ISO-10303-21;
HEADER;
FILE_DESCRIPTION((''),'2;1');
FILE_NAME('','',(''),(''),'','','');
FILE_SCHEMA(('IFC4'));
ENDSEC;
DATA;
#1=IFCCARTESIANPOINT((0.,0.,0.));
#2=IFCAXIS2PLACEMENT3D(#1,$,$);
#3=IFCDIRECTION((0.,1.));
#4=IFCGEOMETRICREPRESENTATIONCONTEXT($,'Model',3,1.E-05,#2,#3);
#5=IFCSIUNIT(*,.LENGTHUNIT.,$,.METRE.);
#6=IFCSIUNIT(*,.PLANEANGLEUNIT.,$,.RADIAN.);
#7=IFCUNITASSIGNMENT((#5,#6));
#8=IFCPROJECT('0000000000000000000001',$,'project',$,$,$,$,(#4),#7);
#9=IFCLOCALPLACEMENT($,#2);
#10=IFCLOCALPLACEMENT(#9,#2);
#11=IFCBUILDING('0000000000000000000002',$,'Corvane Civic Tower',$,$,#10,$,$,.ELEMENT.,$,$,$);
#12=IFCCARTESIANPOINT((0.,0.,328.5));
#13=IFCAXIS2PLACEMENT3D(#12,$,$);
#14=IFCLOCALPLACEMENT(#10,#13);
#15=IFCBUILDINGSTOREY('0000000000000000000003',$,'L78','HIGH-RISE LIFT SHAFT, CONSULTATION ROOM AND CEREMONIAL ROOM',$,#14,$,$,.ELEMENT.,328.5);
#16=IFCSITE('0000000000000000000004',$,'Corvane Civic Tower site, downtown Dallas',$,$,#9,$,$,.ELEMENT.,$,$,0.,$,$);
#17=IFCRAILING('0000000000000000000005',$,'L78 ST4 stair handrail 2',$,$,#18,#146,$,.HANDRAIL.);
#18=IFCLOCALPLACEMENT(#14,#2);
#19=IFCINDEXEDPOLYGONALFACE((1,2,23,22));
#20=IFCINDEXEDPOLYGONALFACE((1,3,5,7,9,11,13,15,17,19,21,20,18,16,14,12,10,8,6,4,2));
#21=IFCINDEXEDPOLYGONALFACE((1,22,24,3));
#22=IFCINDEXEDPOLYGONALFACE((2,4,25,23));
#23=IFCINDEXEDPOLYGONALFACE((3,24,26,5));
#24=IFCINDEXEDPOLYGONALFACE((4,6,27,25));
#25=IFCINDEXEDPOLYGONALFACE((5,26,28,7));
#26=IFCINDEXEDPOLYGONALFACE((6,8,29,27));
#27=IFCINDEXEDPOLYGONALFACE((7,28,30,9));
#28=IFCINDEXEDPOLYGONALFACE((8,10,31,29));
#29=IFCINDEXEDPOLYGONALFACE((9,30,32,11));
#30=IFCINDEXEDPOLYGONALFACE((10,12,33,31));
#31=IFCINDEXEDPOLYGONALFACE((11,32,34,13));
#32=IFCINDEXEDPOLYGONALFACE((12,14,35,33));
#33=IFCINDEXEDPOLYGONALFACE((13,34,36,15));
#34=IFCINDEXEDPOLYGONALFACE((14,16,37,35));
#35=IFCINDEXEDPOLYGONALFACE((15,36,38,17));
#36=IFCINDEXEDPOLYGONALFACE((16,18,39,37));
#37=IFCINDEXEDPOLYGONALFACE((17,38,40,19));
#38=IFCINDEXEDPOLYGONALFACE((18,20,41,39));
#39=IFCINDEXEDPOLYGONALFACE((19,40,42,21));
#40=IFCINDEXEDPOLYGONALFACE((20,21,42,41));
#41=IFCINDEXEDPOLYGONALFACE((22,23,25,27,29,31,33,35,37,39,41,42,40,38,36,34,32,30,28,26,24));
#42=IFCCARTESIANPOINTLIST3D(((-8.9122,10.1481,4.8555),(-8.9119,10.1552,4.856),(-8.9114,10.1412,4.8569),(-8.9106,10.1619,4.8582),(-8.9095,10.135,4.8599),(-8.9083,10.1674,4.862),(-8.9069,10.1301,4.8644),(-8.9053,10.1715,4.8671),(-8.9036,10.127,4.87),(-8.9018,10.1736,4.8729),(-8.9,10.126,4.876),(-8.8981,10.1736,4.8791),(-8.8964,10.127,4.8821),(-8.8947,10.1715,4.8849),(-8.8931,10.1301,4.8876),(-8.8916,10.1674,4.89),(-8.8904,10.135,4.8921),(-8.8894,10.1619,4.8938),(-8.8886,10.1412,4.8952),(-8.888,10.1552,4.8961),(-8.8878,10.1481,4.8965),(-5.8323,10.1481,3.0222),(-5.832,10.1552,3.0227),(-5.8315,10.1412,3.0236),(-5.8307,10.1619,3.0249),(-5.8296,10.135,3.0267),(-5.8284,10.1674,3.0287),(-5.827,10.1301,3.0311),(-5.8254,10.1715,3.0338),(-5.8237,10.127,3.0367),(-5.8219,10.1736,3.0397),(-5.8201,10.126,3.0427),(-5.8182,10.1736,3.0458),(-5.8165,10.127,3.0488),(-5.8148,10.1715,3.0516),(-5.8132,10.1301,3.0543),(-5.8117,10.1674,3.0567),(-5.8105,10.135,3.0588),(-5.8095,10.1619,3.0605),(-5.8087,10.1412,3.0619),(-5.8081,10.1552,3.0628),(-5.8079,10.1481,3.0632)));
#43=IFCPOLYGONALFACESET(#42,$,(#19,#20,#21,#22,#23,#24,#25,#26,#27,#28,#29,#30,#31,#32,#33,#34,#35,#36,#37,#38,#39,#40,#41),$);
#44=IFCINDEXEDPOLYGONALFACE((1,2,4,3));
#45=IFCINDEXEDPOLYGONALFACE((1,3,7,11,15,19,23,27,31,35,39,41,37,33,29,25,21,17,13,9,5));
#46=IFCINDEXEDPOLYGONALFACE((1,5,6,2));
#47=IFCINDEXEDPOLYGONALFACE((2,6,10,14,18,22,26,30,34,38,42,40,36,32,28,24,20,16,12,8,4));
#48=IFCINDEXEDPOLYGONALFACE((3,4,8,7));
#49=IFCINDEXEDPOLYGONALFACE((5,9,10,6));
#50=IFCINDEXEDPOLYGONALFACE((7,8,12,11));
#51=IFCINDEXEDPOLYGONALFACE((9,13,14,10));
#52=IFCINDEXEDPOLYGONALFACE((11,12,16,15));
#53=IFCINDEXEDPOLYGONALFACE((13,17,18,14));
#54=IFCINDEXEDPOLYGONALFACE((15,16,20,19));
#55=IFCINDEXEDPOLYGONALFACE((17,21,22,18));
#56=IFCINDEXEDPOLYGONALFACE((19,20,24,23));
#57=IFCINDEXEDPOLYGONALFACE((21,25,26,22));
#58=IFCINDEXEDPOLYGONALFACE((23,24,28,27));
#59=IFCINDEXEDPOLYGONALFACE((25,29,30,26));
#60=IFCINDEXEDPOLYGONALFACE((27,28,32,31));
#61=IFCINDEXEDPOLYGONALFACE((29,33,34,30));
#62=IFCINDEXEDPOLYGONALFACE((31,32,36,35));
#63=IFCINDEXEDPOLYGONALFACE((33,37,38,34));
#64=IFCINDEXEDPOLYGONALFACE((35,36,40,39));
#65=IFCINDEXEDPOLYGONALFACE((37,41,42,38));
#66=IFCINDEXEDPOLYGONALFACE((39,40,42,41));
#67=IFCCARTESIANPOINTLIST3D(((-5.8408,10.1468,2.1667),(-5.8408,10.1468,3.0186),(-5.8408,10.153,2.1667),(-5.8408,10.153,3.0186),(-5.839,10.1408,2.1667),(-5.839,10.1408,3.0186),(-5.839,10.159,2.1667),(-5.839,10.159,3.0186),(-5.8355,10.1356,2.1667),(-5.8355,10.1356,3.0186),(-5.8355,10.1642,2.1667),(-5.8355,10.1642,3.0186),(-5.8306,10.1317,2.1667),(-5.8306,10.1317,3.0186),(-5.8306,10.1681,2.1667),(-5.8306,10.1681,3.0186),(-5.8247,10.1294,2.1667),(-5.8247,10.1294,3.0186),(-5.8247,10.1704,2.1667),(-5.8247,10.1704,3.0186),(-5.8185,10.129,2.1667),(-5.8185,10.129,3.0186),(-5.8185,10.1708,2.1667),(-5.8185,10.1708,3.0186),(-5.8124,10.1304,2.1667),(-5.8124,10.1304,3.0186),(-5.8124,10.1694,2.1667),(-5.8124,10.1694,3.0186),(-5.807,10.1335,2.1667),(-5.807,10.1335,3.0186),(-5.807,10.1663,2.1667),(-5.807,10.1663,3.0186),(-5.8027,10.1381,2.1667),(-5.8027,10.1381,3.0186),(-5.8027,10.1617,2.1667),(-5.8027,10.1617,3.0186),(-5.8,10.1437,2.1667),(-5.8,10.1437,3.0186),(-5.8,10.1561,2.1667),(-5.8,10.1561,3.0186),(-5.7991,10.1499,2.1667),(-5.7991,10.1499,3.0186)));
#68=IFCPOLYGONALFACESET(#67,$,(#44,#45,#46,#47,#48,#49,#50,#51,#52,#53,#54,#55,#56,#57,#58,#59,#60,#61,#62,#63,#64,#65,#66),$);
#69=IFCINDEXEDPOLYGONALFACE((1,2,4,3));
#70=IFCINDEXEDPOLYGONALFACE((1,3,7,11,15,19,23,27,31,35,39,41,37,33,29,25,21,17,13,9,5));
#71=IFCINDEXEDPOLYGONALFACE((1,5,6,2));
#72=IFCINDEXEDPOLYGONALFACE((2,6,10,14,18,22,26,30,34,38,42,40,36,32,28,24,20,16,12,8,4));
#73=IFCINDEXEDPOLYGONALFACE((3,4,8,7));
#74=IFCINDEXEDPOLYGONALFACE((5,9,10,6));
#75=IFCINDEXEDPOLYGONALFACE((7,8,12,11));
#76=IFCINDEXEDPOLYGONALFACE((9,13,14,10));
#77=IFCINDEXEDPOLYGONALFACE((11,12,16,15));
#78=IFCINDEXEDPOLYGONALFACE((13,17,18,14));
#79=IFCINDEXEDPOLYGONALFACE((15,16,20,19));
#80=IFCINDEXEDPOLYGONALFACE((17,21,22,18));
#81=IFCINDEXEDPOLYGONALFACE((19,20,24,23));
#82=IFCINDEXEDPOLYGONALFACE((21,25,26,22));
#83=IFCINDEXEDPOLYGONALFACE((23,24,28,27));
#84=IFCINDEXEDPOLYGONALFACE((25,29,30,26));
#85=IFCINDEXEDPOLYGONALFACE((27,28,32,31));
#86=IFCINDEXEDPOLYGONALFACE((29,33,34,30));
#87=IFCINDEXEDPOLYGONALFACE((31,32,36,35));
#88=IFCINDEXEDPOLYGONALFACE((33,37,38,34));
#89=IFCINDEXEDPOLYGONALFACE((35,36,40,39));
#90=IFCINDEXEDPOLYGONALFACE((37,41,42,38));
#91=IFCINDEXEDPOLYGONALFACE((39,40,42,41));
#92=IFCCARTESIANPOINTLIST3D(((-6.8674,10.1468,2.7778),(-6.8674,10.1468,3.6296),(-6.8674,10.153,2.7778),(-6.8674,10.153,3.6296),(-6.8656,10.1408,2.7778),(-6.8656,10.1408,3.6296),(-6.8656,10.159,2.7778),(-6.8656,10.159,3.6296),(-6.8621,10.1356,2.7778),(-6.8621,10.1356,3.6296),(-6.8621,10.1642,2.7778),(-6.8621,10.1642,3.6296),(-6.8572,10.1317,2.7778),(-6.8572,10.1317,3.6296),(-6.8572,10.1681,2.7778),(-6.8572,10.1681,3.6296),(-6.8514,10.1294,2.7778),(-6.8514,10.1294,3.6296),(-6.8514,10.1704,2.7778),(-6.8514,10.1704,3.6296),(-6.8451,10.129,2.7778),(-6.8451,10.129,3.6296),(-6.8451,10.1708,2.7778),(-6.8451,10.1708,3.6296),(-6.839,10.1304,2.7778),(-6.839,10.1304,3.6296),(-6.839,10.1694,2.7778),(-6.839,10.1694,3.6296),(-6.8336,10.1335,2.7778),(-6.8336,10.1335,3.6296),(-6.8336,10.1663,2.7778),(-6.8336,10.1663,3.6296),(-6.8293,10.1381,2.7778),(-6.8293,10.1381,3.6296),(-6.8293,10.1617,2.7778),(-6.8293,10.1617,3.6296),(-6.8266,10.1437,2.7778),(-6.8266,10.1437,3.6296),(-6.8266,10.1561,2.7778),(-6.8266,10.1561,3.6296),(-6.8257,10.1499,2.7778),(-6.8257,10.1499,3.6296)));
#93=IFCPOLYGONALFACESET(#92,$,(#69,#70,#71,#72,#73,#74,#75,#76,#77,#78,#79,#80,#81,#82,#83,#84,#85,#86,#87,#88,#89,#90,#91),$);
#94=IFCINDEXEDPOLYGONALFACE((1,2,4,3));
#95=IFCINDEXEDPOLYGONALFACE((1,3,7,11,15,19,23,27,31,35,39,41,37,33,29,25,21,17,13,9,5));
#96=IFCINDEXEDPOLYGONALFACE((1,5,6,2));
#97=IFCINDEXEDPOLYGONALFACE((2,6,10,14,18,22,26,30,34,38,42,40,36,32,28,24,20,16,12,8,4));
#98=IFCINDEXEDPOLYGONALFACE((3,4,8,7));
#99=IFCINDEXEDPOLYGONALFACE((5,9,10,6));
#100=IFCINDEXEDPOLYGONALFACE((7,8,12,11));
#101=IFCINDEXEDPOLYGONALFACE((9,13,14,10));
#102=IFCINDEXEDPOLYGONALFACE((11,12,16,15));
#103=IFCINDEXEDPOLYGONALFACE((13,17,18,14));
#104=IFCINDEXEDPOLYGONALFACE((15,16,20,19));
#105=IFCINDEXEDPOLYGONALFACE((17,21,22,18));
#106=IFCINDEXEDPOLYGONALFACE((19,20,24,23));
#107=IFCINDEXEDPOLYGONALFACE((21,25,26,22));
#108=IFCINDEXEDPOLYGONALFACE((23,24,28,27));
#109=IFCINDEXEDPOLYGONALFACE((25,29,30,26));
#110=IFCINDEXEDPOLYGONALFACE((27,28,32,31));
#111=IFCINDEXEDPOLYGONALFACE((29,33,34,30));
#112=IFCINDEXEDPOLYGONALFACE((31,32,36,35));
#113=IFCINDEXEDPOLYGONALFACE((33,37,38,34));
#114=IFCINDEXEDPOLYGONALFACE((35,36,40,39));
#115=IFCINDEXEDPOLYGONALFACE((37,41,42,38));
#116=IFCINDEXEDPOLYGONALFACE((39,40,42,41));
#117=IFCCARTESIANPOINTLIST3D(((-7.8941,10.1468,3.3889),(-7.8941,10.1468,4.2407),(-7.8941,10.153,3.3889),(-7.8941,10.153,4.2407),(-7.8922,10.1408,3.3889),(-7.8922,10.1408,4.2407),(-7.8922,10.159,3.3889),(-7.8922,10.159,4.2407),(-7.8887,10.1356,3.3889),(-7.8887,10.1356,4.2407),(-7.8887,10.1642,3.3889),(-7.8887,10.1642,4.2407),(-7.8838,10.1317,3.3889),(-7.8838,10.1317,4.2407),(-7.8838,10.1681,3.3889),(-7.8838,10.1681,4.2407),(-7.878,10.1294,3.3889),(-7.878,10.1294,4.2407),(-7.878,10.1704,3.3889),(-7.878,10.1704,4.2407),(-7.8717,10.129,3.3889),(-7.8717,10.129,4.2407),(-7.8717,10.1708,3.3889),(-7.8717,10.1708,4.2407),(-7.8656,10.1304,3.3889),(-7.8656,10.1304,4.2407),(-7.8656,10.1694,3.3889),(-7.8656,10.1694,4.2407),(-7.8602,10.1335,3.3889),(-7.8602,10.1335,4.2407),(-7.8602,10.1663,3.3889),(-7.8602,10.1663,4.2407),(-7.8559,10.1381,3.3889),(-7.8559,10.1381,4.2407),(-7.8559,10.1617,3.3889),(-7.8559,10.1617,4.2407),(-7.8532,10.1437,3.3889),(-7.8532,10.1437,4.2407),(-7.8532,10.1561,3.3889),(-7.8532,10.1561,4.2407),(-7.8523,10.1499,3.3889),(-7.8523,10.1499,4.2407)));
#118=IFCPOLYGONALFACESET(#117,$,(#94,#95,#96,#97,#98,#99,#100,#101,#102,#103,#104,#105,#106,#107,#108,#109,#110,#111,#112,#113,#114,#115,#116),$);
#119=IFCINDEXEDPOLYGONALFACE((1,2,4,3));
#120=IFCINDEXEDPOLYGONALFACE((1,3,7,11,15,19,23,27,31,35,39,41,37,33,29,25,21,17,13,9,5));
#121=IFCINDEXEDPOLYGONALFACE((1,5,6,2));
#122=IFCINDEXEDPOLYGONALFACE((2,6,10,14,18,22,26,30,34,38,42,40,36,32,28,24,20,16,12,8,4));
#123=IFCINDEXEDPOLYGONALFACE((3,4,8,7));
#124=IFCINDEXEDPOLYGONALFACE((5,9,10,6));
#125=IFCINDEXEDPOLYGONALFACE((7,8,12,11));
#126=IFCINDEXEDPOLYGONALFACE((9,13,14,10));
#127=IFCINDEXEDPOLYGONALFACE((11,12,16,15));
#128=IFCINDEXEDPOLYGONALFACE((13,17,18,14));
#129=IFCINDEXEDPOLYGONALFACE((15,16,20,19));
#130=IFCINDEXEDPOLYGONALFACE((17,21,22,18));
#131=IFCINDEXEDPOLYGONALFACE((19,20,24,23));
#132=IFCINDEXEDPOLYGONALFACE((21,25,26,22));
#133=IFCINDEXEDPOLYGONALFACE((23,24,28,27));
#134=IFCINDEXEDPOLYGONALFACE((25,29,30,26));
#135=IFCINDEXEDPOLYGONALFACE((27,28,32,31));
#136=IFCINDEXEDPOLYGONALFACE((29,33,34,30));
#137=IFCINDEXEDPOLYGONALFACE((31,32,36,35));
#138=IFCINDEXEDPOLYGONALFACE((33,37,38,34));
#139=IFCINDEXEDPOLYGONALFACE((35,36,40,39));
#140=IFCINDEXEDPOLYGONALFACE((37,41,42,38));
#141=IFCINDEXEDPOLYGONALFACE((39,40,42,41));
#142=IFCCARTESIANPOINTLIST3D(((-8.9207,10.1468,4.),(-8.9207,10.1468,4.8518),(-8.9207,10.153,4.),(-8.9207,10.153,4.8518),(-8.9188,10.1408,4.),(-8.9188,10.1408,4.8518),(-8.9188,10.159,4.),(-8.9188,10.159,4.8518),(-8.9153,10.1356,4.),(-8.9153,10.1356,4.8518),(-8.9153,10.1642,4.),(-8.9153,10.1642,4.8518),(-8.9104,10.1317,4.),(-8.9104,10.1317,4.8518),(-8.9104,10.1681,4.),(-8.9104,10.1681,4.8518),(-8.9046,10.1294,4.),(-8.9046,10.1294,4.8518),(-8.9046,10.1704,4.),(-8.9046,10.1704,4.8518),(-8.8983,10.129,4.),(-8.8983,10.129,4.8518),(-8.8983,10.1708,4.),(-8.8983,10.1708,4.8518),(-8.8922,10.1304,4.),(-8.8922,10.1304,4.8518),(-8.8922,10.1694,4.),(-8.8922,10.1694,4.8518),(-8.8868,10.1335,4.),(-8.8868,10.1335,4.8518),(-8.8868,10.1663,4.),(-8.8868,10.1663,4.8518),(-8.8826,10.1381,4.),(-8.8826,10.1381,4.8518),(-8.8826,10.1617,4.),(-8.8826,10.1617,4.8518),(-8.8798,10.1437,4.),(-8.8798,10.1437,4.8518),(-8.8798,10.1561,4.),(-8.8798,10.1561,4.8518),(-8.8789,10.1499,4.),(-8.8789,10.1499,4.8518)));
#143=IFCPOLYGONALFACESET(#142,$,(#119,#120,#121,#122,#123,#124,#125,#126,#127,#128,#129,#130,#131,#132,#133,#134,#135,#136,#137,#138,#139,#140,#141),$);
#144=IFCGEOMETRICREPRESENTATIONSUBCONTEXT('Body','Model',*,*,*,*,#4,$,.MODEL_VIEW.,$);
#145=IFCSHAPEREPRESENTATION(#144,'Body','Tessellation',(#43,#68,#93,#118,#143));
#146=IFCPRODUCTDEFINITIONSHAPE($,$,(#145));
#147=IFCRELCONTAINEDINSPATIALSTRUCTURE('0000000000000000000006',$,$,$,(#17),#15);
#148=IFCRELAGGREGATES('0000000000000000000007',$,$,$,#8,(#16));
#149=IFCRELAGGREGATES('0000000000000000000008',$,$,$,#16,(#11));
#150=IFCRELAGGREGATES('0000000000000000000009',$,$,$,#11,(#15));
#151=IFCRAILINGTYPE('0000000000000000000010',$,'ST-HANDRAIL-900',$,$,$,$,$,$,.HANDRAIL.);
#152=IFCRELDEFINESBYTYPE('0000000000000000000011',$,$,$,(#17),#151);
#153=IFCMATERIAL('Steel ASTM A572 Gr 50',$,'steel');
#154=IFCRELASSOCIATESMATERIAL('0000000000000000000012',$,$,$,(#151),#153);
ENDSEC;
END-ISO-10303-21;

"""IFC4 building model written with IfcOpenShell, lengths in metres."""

from ifc_helpers import new_model, si_unit, direction, frame, origin, origin_2d, place, context, subcontext, project, spatial, circle, extrude, material, type_object, element, save


model = new_model("IFC4")

# Units and contexts
model_context = context("Model", 3, precision=1e-05, world=origin(), true_north=direction((0.0, 1.0)))
body_context = subcontext(model_context, "Body", "Model", "MODEL_VIEW")
ifc_project = project(units=[si_unit("LENGTHUNIT", "METRE"), si_unit("PLANEANGLEUNIT", "RADIAN")], contexts=[model_context])

# Site, building, storey
site_placement = place(None, origin())
site = spatial("IfcSite", under=ifc_project, at=site_placement, Name="Corvane Civic Tower site, downtown Dallas", CompositionType="ELEMENT", RefElevation=0.0)
building_placement = place(site_placement, origin())
building = spatial("IfcBuilding", under=site, at=building_placement, Name="Corvane Civic Tower", CompositionType="ELEMENT")
storey_placement = place(building_placement, frame((0.0, 0.0, 328.5)))
storey = spatial("IfcBuildingStorey", under=building, at=storey_placement, Name="L78", Description="HIGH-RISE LIFT SHAFT, CONSULTATION ROOM AND CEREMONIAL ROOM", CompositionType="ELEMENT", Elevation=328.5)

# Railing
ifc_material_1 = material(Name="Steel ASTM A572 Gr 50", Category="steel")
railing_type_1 = type_object("IfcRailingType", Name="ST-HANDRAIL-900", PredefinedType="HANDRAIL", material=ifc_material_1)
railing_1_placement = place(storey_placement, frame((-5.8201, 10.1499, 2.1667)))
element("IfcRailing", 1, at=railing_1_placement, inside=storey, type_object=railing_type_1, Name="L78 ST4 stair handrail 2", PredefinedType="HANDRAIL", context=body_context, shape_type="SweptSolid", body=[
    extrude(circle(Radius=0.0239, at=origin_2d()), frame((0.0, 0.0, 0.876), z_axis=(-0.859291, 0.0, 0.511487), x_axis=(0.0, -1.0, 0.0)), (0.0, 0.0, 1.0), 3.5842),
    extrude(circle(Radius=0.021, at=origin_2d()), origin(), (0.0, 0.0, 1.0), 0.8518),
    extrude(circle(Radius=0.021, at=origin_2d()), frame((-1.0266, 0.0, 0.6111)), (0.0, 0.0, 1.0), 0.8518),
    extrude(circle(Radius=0.021, at=origin_2d()), frame((-2.0532, 0.0, 1.2222)), (0.0, 0.0, 1.0), 0.8518),
    extrude(circle(Radius=0.021, at=origin_2d()), frame((-3.0798, 0.0, 1.8333)), (0.0, 0.0, 1.0), 0.8518),
])

save(model, "model.ifc")
